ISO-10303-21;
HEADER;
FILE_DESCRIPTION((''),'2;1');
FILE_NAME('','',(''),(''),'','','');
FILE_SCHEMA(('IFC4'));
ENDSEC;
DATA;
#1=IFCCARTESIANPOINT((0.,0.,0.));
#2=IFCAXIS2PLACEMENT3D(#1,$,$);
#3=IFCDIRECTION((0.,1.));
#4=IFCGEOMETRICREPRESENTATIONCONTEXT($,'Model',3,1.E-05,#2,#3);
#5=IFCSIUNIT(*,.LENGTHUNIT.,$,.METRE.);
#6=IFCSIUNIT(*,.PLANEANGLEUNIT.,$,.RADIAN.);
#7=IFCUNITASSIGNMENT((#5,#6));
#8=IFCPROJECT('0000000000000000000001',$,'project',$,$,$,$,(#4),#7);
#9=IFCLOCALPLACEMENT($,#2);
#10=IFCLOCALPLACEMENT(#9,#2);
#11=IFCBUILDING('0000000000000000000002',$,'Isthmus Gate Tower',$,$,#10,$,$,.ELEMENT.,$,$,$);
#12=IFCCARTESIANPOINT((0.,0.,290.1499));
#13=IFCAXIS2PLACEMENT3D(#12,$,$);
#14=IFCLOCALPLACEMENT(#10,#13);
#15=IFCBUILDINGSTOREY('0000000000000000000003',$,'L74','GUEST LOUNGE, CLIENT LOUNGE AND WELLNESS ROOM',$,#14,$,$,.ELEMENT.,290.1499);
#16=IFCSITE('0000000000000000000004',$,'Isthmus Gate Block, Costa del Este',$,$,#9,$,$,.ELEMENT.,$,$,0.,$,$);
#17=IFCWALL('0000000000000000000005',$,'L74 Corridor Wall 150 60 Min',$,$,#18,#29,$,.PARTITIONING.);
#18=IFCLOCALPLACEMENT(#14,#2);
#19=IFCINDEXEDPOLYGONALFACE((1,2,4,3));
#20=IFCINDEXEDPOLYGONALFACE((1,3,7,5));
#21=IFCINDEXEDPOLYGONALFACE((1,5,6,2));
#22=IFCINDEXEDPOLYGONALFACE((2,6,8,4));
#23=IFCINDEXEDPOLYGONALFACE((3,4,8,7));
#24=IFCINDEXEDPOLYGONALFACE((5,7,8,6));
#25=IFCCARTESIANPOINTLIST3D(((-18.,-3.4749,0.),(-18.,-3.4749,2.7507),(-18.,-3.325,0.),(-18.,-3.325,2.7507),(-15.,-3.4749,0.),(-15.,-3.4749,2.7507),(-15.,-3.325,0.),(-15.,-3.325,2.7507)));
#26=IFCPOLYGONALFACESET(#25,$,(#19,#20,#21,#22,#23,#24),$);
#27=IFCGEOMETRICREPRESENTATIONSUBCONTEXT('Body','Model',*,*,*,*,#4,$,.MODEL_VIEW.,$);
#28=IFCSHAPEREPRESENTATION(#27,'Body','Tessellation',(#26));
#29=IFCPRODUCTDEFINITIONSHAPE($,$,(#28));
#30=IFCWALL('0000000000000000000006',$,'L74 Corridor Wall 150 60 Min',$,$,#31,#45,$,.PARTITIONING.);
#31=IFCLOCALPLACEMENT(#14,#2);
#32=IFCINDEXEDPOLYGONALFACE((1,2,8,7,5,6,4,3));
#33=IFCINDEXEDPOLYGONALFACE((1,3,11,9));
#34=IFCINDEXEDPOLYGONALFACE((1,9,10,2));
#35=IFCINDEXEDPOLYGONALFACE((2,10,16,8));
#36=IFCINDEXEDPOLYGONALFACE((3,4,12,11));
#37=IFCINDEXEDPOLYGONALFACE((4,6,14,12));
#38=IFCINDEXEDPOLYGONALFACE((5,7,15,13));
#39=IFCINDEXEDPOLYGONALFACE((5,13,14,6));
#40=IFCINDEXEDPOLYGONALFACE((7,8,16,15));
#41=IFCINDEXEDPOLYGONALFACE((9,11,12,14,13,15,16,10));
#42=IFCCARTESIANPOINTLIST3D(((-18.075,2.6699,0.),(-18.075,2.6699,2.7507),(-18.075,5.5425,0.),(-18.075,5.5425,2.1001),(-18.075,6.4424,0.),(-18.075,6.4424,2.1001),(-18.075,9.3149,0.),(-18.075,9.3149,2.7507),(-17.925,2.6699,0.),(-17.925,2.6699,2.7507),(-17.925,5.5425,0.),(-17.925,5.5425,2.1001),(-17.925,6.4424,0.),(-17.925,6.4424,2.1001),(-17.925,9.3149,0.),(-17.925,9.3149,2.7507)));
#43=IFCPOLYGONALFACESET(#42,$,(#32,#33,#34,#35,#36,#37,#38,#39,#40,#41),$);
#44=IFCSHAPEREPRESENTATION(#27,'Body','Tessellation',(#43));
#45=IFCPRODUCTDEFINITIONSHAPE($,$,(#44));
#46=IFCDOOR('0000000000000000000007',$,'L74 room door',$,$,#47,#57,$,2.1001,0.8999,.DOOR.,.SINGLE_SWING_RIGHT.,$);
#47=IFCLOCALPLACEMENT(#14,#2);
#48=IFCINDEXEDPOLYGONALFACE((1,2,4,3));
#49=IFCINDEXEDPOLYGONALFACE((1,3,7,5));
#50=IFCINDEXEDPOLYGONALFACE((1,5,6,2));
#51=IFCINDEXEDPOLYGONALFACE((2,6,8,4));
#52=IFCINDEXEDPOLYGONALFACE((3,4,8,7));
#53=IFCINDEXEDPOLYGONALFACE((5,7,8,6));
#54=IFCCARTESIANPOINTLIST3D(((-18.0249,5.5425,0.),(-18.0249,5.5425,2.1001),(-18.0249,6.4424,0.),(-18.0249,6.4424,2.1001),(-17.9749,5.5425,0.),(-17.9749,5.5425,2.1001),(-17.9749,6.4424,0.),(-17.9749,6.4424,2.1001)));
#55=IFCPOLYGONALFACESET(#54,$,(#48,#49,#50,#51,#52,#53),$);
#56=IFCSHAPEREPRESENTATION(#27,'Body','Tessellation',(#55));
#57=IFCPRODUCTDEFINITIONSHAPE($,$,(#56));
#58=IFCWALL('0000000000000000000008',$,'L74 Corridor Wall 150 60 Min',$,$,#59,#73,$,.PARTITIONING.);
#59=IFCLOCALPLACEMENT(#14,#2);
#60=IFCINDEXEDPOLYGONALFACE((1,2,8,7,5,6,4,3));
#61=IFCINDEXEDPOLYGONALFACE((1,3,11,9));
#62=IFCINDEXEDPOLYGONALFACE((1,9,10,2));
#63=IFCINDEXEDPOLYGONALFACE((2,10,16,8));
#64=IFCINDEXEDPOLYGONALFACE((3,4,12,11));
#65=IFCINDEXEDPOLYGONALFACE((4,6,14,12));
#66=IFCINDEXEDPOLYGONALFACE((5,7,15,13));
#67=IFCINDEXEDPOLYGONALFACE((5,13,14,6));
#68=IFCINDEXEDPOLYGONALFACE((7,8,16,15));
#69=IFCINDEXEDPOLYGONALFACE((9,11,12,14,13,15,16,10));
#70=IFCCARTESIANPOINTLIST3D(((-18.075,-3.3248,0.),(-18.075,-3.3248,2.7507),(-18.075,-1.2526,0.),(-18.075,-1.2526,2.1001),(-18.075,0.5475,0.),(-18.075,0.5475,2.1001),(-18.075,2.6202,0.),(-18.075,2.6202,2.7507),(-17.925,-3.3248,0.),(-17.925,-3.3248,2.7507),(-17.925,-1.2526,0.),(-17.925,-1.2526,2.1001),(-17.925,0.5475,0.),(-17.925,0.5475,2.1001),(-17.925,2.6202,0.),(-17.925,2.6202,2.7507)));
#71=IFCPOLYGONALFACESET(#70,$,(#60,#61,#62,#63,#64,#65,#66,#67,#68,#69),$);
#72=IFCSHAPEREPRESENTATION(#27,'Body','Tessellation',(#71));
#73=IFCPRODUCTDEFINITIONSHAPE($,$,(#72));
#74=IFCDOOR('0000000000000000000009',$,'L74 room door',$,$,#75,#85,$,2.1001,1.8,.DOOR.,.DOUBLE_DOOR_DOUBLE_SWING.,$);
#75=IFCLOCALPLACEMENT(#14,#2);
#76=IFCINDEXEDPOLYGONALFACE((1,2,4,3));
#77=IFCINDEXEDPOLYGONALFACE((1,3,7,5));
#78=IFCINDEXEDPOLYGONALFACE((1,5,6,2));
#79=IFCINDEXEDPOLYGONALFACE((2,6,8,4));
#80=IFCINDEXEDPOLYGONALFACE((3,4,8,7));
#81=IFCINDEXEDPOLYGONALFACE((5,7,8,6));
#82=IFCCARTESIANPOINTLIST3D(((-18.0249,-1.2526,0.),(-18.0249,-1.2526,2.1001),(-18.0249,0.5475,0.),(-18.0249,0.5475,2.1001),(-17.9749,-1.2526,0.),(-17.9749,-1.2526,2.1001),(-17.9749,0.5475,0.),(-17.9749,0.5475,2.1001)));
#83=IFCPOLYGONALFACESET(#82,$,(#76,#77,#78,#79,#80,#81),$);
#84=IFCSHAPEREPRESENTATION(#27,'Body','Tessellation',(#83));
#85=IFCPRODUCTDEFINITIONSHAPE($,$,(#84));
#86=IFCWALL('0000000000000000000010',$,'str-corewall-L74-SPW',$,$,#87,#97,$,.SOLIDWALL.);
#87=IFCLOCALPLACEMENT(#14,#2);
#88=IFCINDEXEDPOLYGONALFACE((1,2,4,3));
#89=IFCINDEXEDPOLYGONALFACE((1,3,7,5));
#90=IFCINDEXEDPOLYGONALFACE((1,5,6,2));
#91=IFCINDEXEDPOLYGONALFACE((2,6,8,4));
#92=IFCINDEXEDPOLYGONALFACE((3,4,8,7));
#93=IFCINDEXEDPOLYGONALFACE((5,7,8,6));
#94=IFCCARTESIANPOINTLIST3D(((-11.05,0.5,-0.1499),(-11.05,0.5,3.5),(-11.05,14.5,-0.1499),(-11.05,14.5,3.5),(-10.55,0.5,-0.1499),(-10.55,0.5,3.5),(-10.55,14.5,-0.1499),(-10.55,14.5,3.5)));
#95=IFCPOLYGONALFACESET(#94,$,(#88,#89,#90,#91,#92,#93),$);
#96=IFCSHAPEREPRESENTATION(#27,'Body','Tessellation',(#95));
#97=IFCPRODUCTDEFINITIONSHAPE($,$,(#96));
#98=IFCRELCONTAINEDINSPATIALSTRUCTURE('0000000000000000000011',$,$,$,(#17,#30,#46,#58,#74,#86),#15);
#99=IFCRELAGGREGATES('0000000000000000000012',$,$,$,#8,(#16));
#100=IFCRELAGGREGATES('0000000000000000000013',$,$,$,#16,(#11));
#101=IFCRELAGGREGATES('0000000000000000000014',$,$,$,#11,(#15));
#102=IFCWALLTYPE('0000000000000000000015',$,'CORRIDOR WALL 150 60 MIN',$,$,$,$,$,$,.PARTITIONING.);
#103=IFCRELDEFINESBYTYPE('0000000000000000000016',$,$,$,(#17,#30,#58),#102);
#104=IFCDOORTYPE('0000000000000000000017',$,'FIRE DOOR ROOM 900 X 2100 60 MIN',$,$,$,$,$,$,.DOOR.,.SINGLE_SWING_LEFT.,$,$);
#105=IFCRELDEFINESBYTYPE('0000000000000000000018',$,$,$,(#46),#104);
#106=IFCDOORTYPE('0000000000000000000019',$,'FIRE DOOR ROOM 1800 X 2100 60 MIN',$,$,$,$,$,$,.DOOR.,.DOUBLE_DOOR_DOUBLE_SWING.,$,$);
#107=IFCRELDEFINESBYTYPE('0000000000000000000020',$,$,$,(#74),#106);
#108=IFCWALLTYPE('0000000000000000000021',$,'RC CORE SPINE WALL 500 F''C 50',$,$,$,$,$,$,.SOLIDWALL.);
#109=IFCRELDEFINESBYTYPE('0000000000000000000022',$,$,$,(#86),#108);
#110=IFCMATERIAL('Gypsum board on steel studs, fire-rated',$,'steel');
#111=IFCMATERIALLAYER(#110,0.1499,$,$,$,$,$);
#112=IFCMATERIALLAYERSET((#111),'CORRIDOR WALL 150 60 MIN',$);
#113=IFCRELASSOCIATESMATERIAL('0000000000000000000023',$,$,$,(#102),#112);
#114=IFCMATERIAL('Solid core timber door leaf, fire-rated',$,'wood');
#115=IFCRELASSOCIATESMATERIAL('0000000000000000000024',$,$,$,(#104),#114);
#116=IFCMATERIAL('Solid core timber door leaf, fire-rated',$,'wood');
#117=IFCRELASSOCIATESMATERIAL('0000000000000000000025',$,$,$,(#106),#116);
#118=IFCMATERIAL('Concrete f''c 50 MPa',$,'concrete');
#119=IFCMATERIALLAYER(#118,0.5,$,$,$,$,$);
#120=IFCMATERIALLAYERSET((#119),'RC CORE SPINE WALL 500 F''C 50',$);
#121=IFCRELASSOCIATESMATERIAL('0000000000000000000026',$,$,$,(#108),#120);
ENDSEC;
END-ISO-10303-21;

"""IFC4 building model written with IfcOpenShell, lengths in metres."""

from ifc_helpers import new_model, si_unit, direction, frame, frame_2d, origin, place, context, subcontext, project, spatial, rectangle, extrude, material, layer, layer_set, type_object, element, fill, save


model = new_model("IFC4")

# Units and contexts
model_context = context("Model", 3, precision=1e-05, world=origin(), true_north=direction((0.0, 1.0)))
body_context = subcontext(model_context, "Body", "Model", "MODEL_VIEW")
ifc_project = project(units=[si_unit("LENGTHUNIT", "METRE"), si_unit("PLANEANGLEUNIT", "RADIAN")], contexts=[model_context])

# Site, building, storey
site_placement = place(None, origin())
site = spatial("IfcSite", under=ifc_project, at=site_placement, Name="Isthmus Gate Block, Costa del Este", CompositionType="ELEMENT", RefElevation=0.0)
building_placement = place(site_placement, origin())
building = spatial("IfcBuilding", under=site, at=building_placement, Name="Isthmus Gate Tower", CompositionType="ELEMENT")
storey_placement = place(building_placement, frame((0.0, 0.0, 290.1499)))
storey = spatial("IfcBuildingStorey", under=building, at=storey_placement, Name="L74", Description="GUEST LOUNGE, CLIENT LOUNGE AND WELLNESS ROOM", CompositionType="ELEMENT", Elevation=290.1499)

# Wall
ifc_material_1 = material(Name="Gypsum board on steel studs, fire-rated", Category="steel")
ifc_layer_1 = layer(ifc_material_1, 0.1499)
ifc_layer_set_1 = layer_set([ifc_layer_1], Name="CORRIDOR WALL 150 60 MIN")
wall_type_1 = type_object("IfcWallType", Name="CORRIDOR WALL 150 60 MIN", PredefinedType="PARTITIONING", material=ifc_layer_set_1)
wall_1_placement = place(storey_placement, frame((-15.0, -3.3999, 0.0), z_axis=(0.0, 0.0, 1.0), x_axis=(-1.0, 0.0, 0.0)))
element("IfcWall", 1, at=wall_1_placement, inside=storey, type_object=wall_type_1, Name="L74 Corridor Wall 150 60 Min", PredefinedType="PARTITIONING", context=body_context, shape_type="SweptSolid", body=[
    extrude(rectangle(XDim=3.0, YDim=0.1499, at=frame_2d((1.5, 0.0))), origin(), (0.0, 0.0, 1.0), 2.7507),
])

# Walls, openings, doors
wall_2_placement = place(storey_placement, frame((-18.0, 2.6699, 0.0), z_axis=(0.0, 0.0, 1.0), x_axis=(0.0, 1.0, 0.0)))
wall_2 = element("IfcWall", 2, at=wall_2_placement, inside=storey, type_object=wall_type_1, Name="L74 Corridor Wall 150 60 Min", PredefinedType="PARTITIONING", context=body_context, shape_type="SweptSolid", body=[
    extrude(rectangle(XDim=6.645, YDim=0.1499, at=frame_2d((3.3225, 0.0))), origin(), (0.0, 0.0, 1.0), 2.7507),
])
opening_1_placement = place(wall_2_placement, frame((2.8726, 0.0, 0.0)))
opening_1 = element("IfcOpeningElement", 3, at=opening_1_placement, cuts=wall_2, PredefinedType="OPENING", context=body_context, shape_type="SweptSolid", body=[
    extrude(rectangle(XDim=0.8999, YDim=2.1001, at=frame_2d((0.45, 1.05))), frame((0.0, 0.085, 0.0), z_axis=(0.0, -1.0, 0.0), x_axis=(1.0, 0.0, 0.0)), (0.0, 0.0, 1.0), 0.1699),
])
ifc_material_2 = material(Name="Solid core timber door leaf, fire-rated", Category="wood")
door_type_1 = type_object("IfcDoorType", Name="FIRE DOOR ROOM 900 X 2100 60 MIN", OperationType="SINGLE_SWING_LEFT", PredefinedType="DOOR", material=ifc_material_2)
door_1_placement = place(opening_1_placement, origin())
door_1 = element("IfcDoor", 4, at=door_1_placement, inside=storey, type_object=door_type_1, Name="L74 room door", OperationType="SINGLE_SWING_RIGHT", OverallHeight=2.1001, OverallWidth=0.8999, PredefinedType="DOOR", context=body_context, shape_type="SweptSolid", body=[
    extrude(rectangle(XDim=0.8999, YDim=2.1001, at=frame_2d((0.45, 1.05))), frame((0.0, 0.0249, 0.0), z_axis=(0.0, -1.0, 0.0), x_axis=(1.0, 0.0, 0.0)), (0.0, 0.0, 1.0), 0.05),
])
fill(opening_1, door_1)
wall_3_placement = place(storey_placement, frame((-18.0, -3.325, 0.0), z_axis=(0.0, 0.0, 1.0), x_axis=(0.0, 1.0, 0.0)))
wall_3 = element("IfcWall", 5, at=wall_3_placement, inside=storey, type_object=wall_type_1, Name="L74 Corridor Wall 150 60 Min", PredefinedType="PARTITIONING", context=body_context, shape_type="SweptSolid", body=[
    extrude(rectangle(XDim=5.9451, YDim=0.1499, at=frame_2d((2.9727, 0.0))), origin(), (0.0, 0.0, 1.0), 2.7507),
])
opening_2_placement = place(wall_3_placement, frame((2.0725, 0.0, 0.0)))
opening_2 = element("IfcOpeningElement", 6, at=opening_2_placement, cuts=wall_3, PredefinedType="OPENING", context=body_context, shape_type="SweptSolid", body=[
    extrude(rectangle(XDim=1.8, YDim=2.1001, at=frame_2d((0.8999, 1.05))), frame((0.0, 0.085, 0.0), z_axis=(0.0, -1.0, 0.0), x_axis=(1.0, 0.0, 0.0)), (0.0, 0.0, 1.0), 0.1699),
])
ifc_material_3 = material(Name="Solid core timber door leaf, fire-rated", Category="wood")
door_type_2 = type_object("IfcDoorType", Name="FIRE DOOR ROOM 1800 X 2100 60 MIN", OperationType="DOUBLE_DOOR_DOUBLE_SWING", PredefinedType="DOOR", material=ifc_material_3)
door_2_placement = place(opening_2_placement, origin())
door_2 = element("IfcDoor", 7, at=door_2_placement, inside=storey, type_object=door_type_2, Name="L74 room door", OperationType="DOUBLE_DOOR_DOUBLE_SWING", OverallHeight=2.1001, OverallWidth=1.8, PredefinedType="DOOR", context=body_context, shape_type="SweptSolid", body=[
    extrude(rectangle(XDim=1.8, YDim=2.1001, at=frame_2d((0.8999, 1.05))), frame((0.0, 0.0249, 0.0), z_axis=(0.0, -1.0, 0.0), x_axis=(1.0, 0.0, 0.0)), (0.0, 0.0, 1.0), 0.05),
])
fill(opening_2, door_2)

# Wall
ifc_material_4 = material(Name="Concrete f'c 50 MPa", Category="concrete")
ifc_layer_2 = layer(ifc_material_4, 0.5)
ifc_layer_set_2 = layer_set([ifc_layer_2], Name="RC CORE SPINE WALL 500 F'C 50")
wall_type_2 = type_object("IfcWallType", Name="RC CORE SPINE WALL 500 F'C 50", PredefinedType="SOLIDWALL", material=ifc_layer_set_2)
wall_4_placement = place(storey_placement, frame((-10.8, 0.5, -0.1499), z_axis=(0.0, 0.0, 1.0), x_axis=(0.0, 1.0, 0.0)))
element("IfcWall", 8, at=wall_4_placement, inside=storey, type_object=wall_type_2, Name="str-corewall-L74-SPW", PredefinedType="SOLIDWALL", context=body_context, shape_type="SweptSolid", body=[
    extrude(rectangle(XDim=14.0, YDim=0.5, at=frame_2d((7.0, 0.0))), origin(), (0.0, 0.0, 1.0), 3.6499),
])

save(model, "model.ifc")
